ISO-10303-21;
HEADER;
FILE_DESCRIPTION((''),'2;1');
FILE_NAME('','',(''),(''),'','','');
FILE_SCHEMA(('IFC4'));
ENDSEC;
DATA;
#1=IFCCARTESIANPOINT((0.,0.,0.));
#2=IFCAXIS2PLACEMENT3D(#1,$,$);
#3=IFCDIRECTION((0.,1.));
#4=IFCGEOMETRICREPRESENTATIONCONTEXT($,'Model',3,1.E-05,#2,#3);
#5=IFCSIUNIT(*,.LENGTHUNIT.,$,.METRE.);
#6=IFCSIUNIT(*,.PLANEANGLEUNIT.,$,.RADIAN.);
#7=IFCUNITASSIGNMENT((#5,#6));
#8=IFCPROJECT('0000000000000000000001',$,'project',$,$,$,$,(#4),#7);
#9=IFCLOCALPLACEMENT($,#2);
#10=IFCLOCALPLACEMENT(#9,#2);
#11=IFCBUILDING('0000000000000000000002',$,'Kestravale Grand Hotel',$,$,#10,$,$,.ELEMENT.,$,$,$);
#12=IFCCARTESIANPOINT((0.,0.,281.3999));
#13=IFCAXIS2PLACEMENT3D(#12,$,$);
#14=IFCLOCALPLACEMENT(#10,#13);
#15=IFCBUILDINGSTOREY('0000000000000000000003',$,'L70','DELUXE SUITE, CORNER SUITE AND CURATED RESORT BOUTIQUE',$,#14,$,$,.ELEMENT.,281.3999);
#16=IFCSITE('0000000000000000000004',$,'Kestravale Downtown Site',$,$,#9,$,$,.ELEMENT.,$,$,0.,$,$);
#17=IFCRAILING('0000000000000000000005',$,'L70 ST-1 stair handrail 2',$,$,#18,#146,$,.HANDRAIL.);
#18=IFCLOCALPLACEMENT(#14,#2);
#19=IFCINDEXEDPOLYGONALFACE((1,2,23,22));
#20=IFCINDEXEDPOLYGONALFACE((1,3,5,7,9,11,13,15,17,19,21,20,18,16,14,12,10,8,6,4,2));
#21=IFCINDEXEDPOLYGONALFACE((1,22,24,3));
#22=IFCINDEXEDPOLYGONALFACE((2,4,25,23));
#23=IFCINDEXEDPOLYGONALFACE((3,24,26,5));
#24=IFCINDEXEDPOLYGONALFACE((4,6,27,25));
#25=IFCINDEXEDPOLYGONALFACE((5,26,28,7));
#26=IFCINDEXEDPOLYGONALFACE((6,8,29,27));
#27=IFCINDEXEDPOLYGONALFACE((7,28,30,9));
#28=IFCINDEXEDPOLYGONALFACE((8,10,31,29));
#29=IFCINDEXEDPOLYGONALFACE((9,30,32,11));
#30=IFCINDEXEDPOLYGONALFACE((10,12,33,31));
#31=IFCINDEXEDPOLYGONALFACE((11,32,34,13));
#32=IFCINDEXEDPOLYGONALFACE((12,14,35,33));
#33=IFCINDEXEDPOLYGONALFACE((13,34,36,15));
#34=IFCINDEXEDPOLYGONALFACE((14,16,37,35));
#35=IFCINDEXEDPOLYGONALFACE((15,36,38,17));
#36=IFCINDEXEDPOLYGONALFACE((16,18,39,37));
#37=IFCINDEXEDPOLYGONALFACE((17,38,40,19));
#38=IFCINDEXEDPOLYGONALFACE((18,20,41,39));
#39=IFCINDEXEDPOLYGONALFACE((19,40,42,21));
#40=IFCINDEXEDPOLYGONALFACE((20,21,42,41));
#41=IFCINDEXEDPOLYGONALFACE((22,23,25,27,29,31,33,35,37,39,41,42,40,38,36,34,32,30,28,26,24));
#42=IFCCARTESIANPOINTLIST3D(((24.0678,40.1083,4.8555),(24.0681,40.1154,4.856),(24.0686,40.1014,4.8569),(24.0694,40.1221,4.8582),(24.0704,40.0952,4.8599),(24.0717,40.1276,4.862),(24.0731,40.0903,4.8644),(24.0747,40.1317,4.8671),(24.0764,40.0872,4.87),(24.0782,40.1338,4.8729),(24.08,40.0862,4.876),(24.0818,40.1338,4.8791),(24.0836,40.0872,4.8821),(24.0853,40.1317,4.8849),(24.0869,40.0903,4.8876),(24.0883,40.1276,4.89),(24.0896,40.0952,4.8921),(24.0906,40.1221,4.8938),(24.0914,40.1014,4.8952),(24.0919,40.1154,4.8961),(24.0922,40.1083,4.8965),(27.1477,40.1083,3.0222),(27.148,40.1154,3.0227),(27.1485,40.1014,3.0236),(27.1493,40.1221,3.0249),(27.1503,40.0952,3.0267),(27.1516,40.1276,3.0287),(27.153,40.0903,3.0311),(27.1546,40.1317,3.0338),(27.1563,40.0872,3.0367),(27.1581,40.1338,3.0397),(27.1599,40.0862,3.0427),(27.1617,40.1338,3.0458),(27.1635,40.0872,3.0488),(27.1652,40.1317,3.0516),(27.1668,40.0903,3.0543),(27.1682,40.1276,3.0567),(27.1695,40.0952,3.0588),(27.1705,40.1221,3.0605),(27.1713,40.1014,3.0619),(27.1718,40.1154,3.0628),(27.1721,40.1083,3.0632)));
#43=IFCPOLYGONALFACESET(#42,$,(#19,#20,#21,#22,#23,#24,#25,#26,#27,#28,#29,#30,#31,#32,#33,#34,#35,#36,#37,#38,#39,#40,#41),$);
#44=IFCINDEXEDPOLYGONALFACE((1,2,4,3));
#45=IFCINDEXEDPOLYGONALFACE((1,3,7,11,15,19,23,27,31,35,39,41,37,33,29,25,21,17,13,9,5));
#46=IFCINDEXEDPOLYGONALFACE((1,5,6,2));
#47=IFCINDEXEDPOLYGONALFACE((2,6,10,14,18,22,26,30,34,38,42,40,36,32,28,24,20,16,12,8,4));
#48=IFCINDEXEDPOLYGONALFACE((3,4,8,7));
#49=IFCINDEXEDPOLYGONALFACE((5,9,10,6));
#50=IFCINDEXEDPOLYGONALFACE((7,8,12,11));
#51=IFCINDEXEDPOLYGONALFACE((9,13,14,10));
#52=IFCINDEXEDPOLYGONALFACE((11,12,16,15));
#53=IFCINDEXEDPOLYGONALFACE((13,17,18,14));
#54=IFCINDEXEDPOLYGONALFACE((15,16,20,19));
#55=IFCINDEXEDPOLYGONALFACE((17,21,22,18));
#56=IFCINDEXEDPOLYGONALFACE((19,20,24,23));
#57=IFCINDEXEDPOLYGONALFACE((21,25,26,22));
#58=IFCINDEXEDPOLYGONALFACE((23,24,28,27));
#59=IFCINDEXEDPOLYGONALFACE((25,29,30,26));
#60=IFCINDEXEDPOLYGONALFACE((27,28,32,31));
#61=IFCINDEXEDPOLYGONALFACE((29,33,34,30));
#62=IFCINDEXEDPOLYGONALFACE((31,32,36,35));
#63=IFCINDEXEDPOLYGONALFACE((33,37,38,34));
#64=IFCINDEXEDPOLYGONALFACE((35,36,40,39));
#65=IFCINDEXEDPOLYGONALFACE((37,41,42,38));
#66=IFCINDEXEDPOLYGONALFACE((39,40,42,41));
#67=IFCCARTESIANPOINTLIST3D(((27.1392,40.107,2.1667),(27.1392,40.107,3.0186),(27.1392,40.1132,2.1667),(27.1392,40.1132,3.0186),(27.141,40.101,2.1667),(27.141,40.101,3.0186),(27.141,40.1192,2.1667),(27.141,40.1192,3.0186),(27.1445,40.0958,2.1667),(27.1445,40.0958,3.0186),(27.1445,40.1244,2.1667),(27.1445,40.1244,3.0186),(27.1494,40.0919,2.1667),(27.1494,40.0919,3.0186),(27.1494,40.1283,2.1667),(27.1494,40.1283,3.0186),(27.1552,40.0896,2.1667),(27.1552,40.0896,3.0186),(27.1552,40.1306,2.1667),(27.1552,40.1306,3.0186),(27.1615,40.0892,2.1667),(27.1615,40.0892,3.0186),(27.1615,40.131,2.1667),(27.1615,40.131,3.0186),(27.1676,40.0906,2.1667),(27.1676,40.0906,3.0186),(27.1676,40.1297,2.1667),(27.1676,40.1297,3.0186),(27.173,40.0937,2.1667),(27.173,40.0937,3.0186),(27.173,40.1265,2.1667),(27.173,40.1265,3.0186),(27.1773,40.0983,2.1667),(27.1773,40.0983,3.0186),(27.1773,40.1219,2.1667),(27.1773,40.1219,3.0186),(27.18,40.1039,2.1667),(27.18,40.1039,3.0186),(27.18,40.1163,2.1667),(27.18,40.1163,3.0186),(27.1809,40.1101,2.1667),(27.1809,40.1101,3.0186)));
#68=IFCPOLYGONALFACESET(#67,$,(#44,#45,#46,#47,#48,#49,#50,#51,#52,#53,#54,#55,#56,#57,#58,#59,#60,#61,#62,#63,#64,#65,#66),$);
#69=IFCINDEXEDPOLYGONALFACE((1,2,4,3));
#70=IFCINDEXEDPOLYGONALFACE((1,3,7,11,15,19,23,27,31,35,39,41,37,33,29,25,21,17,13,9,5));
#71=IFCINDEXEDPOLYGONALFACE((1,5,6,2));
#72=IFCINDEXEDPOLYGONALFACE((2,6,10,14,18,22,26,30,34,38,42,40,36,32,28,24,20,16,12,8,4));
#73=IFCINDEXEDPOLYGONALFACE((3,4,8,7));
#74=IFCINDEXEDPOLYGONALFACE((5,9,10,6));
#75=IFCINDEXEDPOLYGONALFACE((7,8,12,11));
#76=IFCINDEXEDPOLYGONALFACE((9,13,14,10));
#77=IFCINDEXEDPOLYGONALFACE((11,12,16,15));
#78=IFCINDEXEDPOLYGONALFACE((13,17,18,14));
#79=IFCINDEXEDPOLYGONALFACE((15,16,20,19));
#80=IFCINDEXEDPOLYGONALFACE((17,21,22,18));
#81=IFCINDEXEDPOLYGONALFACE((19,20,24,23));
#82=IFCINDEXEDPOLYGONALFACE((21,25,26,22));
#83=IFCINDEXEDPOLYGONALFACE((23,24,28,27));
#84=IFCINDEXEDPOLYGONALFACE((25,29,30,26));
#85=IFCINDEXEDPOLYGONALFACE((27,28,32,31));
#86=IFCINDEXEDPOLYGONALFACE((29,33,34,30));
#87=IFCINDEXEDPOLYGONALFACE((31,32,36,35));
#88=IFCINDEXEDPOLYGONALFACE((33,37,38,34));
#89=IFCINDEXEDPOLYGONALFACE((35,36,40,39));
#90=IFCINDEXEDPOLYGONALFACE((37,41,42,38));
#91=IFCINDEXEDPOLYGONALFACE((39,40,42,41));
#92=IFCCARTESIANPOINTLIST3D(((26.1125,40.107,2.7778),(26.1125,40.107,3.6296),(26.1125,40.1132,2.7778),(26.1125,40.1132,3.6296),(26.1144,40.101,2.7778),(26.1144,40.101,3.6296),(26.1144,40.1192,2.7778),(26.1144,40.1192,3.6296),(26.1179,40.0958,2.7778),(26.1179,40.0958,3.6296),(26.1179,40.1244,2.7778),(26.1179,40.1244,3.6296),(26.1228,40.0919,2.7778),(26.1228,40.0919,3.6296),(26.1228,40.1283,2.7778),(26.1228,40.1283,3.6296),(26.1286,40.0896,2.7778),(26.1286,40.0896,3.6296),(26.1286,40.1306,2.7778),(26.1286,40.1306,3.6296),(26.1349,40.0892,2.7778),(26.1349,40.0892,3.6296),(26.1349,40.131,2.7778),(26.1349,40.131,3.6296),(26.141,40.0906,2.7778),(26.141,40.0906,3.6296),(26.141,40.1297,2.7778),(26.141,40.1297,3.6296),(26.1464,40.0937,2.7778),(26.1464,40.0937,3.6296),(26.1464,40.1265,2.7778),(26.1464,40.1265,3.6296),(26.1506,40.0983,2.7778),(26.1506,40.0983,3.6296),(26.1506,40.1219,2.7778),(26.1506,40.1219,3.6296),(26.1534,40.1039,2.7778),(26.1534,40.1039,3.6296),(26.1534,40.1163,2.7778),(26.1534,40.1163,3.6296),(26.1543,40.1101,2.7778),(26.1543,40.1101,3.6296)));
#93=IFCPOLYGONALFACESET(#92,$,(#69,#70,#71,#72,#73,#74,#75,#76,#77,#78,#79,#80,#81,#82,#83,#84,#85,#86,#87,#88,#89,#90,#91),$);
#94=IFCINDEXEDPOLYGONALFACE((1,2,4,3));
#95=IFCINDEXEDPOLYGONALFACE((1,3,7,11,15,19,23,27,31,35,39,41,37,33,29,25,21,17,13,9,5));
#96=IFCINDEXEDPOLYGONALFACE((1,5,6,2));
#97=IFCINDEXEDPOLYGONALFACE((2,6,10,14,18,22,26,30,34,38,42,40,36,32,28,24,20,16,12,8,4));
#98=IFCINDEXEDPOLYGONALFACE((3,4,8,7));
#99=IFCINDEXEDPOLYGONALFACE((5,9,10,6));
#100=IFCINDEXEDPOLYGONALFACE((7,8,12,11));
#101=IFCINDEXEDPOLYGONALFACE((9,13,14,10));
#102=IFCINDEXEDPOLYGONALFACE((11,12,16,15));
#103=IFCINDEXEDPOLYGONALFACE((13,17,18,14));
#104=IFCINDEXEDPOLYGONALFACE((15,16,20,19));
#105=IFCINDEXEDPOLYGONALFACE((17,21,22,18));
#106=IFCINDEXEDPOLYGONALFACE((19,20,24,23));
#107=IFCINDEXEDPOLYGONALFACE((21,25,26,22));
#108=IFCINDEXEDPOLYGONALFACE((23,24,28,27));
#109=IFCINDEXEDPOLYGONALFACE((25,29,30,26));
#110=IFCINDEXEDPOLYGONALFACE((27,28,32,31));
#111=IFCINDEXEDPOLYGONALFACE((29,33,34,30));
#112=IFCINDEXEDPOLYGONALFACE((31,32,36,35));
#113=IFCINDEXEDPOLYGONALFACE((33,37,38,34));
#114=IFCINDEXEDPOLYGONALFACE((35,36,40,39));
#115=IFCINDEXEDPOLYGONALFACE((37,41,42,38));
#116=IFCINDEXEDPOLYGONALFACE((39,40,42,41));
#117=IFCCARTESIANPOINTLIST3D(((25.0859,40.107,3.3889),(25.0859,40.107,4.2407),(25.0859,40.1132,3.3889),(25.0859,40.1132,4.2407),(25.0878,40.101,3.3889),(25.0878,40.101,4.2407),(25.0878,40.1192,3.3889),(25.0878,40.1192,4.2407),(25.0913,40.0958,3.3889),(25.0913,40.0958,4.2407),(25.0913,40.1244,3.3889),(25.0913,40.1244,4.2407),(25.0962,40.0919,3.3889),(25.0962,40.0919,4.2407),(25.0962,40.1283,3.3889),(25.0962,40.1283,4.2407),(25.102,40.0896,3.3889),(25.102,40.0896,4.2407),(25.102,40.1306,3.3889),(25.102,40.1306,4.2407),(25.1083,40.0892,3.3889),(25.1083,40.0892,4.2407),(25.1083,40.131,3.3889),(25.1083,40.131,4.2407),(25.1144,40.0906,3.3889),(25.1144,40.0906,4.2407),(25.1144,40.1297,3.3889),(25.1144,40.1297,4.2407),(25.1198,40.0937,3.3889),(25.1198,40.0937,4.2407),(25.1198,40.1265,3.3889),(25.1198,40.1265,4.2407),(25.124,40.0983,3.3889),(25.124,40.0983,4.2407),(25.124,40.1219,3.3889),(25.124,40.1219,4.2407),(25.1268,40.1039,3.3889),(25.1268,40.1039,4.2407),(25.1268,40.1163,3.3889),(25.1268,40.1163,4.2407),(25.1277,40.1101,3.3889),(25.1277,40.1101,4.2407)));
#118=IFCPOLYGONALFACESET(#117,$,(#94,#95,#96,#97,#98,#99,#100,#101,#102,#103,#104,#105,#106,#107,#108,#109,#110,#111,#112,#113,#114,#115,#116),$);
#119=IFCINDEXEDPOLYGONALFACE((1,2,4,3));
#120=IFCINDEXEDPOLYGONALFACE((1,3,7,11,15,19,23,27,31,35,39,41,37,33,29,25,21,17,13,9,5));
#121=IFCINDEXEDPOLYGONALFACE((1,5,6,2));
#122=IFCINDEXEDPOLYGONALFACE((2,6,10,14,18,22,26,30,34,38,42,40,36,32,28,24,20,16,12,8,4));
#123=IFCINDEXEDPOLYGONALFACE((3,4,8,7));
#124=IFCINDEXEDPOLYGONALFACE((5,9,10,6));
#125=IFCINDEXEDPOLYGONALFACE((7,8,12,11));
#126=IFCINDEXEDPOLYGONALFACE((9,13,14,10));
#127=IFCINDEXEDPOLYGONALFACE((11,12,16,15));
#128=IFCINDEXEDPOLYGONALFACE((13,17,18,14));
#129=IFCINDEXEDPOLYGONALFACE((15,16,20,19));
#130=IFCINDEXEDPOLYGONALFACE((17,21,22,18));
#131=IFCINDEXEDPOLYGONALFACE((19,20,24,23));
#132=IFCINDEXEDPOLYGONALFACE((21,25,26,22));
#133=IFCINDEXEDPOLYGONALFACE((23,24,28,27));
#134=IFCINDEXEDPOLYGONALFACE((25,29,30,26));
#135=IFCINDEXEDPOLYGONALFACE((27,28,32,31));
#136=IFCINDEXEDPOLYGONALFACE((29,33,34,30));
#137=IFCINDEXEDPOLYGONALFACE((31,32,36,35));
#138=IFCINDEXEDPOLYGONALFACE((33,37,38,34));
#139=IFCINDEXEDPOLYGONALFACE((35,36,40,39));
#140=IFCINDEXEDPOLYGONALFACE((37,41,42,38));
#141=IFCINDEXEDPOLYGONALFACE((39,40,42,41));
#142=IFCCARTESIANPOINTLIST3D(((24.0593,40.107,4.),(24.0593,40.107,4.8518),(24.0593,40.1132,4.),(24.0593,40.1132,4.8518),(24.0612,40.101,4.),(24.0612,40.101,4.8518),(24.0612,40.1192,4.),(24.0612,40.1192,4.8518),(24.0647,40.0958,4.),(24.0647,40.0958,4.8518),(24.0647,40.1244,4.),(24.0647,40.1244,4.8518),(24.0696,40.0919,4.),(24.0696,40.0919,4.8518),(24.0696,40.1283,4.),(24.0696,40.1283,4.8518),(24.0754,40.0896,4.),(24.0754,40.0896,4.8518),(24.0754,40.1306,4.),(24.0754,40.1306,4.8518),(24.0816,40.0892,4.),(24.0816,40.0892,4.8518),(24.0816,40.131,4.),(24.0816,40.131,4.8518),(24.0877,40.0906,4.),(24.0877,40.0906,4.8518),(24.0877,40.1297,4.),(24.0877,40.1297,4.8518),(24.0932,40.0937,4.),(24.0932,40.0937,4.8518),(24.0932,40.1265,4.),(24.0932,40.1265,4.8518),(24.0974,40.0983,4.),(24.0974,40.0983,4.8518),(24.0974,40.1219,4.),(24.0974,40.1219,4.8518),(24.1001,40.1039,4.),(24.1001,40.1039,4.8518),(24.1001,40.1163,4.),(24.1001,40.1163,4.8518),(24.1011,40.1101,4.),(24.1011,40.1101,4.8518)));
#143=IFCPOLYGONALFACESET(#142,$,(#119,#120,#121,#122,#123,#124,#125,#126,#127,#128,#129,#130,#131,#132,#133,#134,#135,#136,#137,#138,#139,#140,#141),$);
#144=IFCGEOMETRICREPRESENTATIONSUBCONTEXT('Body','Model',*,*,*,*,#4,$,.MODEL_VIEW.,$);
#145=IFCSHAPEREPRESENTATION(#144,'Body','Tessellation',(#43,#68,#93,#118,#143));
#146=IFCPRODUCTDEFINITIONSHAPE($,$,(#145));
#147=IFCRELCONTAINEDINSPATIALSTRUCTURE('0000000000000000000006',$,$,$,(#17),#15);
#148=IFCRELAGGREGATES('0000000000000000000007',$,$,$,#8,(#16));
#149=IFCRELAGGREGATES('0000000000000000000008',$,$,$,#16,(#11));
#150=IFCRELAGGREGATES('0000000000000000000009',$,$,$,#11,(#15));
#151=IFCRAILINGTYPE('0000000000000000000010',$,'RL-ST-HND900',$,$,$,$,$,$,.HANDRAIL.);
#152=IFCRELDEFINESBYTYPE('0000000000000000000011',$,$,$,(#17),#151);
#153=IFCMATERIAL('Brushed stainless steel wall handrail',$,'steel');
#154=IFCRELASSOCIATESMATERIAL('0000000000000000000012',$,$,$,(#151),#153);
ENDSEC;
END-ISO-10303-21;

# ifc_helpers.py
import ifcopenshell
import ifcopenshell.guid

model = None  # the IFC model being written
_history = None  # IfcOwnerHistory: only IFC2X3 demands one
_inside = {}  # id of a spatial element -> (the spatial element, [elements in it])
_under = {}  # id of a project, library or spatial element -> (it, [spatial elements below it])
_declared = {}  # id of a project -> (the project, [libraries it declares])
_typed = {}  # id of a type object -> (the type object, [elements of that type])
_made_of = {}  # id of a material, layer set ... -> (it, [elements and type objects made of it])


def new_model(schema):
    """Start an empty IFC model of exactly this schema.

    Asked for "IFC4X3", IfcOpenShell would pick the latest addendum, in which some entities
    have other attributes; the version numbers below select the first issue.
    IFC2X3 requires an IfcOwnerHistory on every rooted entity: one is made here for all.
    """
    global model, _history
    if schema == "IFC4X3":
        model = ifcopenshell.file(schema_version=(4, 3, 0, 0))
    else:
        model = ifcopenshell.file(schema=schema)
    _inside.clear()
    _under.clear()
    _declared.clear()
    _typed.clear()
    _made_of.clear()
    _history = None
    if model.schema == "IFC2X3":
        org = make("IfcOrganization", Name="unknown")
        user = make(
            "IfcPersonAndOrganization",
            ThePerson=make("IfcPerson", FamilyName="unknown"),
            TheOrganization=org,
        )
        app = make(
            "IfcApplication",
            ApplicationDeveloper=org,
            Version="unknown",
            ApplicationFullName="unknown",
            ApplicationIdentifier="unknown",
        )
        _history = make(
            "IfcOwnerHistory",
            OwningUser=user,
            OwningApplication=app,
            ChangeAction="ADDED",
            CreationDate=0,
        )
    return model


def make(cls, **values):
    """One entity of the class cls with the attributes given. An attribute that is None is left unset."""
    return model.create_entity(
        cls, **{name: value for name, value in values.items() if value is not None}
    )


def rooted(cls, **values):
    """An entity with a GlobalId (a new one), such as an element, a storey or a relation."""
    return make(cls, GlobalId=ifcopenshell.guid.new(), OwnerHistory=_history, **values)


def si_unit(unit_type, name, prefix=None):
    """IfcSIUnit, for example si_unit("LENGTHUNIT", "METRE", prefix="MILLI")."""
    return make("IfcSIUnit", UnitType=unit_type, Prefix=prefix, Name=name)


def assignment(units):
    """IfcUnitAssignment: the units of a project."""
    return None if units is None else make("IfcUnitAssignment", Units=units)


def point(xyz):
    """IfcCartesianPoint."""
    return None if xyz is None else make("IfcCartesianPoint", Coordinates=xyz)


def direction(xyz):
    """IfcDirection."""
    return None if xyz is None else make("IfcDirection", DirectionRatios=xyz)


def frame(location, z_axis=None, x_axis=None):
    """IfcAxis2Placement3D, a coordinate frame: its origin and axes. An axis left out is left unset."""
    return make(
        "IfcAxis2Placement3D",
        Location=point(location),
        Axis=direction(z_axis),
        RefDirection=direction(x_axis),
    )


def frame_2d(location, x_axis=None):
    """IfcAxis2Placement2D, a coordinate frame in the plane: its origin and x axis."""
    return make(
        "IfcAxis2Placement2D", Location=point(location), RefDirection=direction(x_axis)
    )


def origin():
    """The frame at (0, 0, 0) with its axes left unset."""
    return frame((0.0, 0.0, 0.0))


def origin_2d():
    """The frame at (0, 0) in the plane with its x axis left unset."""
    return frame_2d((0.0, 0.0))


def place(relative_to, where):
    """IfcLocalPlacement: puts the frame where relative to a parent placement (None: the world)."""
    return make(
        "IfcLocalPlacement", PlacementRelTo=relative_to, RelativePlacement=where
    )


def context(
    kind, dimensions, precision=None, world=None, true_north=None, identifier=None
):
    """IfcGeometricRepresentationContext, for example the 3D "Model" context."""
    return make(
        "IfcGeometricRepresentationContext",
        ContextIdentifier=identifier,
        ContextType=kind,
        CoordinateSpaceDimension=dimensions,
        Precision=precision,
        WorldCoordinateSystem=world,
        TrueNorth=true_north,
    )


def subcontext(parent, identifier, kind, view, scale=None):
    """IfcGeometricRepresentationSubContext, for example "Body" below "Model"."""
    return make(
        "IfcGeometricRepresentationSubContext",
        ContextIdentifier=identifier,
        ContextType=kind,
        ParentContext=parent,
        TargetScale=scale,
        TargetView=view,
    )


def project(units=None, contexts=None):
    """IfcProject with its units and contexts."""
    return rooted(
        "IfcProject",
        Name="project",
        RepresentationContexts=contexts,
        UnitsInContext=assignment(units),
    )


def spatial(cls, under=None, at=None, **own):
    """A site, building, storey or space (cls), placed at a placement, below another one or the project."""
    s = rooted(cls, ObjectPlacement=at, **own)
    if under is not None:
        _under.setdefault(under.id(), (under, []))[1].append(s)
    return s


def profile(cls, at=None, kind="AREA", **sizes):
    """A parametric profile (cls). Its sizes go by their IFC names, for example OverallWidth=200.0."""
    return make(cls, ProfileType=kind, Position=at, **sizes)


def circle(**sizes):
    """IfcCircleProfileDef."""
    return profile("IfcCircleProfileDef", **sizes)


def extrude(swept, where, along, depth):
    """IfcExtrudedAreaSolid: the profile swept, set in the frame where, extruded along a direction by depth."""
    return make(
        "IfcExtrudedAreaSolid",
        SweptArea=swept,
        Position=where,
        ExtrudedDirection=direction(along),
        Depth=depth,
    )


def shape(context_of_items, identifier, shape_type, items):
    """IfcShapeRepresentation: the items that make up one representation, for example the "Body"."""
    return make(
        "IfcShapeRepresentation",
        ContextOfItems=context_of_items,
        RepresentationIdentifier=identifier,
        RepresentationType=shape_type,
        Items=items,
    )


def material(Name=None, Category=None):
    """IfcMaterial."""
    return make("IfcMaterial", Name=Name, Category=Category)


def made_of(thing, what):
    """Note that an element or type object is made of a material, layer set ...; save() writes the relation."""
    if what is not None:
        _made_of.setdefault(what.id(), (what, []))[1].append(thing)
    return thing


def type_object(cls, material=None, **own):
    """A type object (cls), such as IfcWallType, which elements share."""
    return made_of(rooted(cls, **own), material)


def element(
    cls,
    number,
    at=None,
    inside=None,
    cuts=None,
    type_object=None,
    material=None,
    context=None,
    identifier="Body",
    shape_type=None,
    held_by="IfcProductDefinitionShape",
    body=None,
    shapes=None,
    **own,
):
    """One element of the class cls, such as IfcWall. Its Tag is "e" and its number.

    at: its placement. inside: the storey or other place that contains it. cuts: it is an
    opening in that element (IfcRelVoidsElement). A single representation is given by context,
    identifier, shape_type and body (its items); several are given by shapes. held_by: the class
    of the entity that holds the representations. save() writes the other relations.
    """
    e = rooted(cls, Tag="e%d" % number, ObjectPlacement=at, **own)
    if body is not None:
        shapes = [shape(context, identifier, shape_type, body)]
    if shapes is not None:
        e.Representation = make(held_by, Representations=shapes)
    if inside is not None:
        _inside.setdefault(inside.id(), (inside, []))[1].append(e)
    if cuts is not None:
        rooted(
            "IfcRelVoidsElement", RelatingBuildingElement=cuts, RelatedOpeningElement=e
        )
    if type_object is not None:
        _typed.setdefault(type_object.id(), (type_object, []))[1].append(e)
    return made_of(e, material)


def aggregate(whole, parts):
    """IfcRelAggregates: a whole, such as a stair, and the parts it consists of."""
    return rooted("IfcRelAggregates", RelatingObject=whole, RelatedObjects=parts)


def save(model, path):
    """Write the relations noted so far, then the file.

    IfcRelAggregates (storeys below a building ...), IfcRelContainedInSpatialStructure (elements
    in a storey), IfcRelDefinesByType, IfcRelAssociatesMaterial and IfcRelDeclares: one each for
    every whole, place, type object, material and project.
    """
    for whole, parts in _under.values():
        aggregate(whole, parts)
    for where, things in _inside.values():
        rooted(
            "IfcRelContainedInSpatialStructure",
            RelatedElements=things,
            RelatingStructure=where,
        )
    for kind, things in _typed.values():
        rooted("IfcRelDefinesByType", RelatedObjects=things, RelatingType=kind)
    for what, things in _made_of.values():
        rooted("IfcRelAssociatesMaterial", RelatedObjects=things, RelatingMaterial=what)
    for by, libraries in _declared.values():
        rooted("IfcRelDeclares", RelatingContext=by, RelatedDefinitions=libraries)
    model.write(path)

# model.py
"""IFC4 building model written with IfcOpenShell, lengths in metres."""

from ifc_helpers import new_model, si_unit, direction, frame, origin, origin_2d, place, context, subcontext, project, spatial, circle, extrude, material, type_object, element, save


model = new_model("IFC4")

# Units and contexts
model_context = context("Model", 3, precision=1e-05, world=origin(), true_north=direction((0.0, 1.0)))
body_context = subcontext(model_context, "Body", "Model", "MODEL_VIEW")
ifc_project = project(units=[si_unit("LENGTHUNIT", "METRE"), si_unit("PLANEANGLEUNIT", "RADIAN")], contexts=[model_context])

# Site, building, storey
site_placement = place(None, origin())
site = spatial("IfcSite", under=ifc_project, at=site_placement, Name="Kestravale Downtown Site", CompositionType="ELEMENT", RefElevation=0.0)
building_placement = place(site_placement, origin())
building = spatial("IfcBuilding", under=site, at=building_placement, Name="Kestravale Grand Hotel", CompositionType="ELEMENT")
storey_placement = place(building_placement, frame((0.0, 0.0, 281.3999)))
storey = spatial("IfcBuildingStorey", under=building, at=storey_placement, Name="L70", Description="DELUXE SUITE, CORNER SUITE AND CURATED RESORT BOUTIQUE", CompositionType="ELEMENT", Elevation=281.3999)

# Railing
ifc_material_1 = material(Name="Brushed stainless steel wall handrail", Category="steel")
railing_type_1 = type_object("IfcRailingType", Name="RL-ST-HND900", PredefinedType="HANDRAIL", material=ifc_material_1)
railing_1_placement = place(storey_placement, frame((27.1599, 40.1101, 2.1667)))
element("IfcRailing", 1, at=railing_1_placement, inside=storey, type_object=railing_type_1, Name="L70 ST-1 stair handrail 2", PredefinedType="HANDRAIL", context=body_context, shape_type="SweptSolid", body=[
    extrude(circle(Radius=0.0239, at=origin_2d()), frame((0.0, 0.0, 0.876), z_axis=(-0.859291, 0.0, 0.511487), x_axis=(0.0, -1.0, 0.0)), (0.0, 0.0, 1.0), 3.5842),
    extrude(circle(Radius=0.021, at=origin_2d()), origin(), (0.0, 0.0, 1.0), 0.8518),
    extrude(circle(Radius=0.021, at=origin_2d()), frame((-1.0266, 0.0, 0.6111)), (0.0, 0.0, 1.0), 0.8518),
    extrude(circle(Radius=0.021, at=origin_2d()), frame((-2.0532, 0.0, 1.2222)), (0.0, 0.0, 1.0), 0.8518),
    extrude(circle(Radius=0.021, at=origin_2d()), frame((-3.0798, 0.0, 1.8333)), (0.0, 0.0, 1.0), 0.8518),
])

save(model, "model.ifc")
